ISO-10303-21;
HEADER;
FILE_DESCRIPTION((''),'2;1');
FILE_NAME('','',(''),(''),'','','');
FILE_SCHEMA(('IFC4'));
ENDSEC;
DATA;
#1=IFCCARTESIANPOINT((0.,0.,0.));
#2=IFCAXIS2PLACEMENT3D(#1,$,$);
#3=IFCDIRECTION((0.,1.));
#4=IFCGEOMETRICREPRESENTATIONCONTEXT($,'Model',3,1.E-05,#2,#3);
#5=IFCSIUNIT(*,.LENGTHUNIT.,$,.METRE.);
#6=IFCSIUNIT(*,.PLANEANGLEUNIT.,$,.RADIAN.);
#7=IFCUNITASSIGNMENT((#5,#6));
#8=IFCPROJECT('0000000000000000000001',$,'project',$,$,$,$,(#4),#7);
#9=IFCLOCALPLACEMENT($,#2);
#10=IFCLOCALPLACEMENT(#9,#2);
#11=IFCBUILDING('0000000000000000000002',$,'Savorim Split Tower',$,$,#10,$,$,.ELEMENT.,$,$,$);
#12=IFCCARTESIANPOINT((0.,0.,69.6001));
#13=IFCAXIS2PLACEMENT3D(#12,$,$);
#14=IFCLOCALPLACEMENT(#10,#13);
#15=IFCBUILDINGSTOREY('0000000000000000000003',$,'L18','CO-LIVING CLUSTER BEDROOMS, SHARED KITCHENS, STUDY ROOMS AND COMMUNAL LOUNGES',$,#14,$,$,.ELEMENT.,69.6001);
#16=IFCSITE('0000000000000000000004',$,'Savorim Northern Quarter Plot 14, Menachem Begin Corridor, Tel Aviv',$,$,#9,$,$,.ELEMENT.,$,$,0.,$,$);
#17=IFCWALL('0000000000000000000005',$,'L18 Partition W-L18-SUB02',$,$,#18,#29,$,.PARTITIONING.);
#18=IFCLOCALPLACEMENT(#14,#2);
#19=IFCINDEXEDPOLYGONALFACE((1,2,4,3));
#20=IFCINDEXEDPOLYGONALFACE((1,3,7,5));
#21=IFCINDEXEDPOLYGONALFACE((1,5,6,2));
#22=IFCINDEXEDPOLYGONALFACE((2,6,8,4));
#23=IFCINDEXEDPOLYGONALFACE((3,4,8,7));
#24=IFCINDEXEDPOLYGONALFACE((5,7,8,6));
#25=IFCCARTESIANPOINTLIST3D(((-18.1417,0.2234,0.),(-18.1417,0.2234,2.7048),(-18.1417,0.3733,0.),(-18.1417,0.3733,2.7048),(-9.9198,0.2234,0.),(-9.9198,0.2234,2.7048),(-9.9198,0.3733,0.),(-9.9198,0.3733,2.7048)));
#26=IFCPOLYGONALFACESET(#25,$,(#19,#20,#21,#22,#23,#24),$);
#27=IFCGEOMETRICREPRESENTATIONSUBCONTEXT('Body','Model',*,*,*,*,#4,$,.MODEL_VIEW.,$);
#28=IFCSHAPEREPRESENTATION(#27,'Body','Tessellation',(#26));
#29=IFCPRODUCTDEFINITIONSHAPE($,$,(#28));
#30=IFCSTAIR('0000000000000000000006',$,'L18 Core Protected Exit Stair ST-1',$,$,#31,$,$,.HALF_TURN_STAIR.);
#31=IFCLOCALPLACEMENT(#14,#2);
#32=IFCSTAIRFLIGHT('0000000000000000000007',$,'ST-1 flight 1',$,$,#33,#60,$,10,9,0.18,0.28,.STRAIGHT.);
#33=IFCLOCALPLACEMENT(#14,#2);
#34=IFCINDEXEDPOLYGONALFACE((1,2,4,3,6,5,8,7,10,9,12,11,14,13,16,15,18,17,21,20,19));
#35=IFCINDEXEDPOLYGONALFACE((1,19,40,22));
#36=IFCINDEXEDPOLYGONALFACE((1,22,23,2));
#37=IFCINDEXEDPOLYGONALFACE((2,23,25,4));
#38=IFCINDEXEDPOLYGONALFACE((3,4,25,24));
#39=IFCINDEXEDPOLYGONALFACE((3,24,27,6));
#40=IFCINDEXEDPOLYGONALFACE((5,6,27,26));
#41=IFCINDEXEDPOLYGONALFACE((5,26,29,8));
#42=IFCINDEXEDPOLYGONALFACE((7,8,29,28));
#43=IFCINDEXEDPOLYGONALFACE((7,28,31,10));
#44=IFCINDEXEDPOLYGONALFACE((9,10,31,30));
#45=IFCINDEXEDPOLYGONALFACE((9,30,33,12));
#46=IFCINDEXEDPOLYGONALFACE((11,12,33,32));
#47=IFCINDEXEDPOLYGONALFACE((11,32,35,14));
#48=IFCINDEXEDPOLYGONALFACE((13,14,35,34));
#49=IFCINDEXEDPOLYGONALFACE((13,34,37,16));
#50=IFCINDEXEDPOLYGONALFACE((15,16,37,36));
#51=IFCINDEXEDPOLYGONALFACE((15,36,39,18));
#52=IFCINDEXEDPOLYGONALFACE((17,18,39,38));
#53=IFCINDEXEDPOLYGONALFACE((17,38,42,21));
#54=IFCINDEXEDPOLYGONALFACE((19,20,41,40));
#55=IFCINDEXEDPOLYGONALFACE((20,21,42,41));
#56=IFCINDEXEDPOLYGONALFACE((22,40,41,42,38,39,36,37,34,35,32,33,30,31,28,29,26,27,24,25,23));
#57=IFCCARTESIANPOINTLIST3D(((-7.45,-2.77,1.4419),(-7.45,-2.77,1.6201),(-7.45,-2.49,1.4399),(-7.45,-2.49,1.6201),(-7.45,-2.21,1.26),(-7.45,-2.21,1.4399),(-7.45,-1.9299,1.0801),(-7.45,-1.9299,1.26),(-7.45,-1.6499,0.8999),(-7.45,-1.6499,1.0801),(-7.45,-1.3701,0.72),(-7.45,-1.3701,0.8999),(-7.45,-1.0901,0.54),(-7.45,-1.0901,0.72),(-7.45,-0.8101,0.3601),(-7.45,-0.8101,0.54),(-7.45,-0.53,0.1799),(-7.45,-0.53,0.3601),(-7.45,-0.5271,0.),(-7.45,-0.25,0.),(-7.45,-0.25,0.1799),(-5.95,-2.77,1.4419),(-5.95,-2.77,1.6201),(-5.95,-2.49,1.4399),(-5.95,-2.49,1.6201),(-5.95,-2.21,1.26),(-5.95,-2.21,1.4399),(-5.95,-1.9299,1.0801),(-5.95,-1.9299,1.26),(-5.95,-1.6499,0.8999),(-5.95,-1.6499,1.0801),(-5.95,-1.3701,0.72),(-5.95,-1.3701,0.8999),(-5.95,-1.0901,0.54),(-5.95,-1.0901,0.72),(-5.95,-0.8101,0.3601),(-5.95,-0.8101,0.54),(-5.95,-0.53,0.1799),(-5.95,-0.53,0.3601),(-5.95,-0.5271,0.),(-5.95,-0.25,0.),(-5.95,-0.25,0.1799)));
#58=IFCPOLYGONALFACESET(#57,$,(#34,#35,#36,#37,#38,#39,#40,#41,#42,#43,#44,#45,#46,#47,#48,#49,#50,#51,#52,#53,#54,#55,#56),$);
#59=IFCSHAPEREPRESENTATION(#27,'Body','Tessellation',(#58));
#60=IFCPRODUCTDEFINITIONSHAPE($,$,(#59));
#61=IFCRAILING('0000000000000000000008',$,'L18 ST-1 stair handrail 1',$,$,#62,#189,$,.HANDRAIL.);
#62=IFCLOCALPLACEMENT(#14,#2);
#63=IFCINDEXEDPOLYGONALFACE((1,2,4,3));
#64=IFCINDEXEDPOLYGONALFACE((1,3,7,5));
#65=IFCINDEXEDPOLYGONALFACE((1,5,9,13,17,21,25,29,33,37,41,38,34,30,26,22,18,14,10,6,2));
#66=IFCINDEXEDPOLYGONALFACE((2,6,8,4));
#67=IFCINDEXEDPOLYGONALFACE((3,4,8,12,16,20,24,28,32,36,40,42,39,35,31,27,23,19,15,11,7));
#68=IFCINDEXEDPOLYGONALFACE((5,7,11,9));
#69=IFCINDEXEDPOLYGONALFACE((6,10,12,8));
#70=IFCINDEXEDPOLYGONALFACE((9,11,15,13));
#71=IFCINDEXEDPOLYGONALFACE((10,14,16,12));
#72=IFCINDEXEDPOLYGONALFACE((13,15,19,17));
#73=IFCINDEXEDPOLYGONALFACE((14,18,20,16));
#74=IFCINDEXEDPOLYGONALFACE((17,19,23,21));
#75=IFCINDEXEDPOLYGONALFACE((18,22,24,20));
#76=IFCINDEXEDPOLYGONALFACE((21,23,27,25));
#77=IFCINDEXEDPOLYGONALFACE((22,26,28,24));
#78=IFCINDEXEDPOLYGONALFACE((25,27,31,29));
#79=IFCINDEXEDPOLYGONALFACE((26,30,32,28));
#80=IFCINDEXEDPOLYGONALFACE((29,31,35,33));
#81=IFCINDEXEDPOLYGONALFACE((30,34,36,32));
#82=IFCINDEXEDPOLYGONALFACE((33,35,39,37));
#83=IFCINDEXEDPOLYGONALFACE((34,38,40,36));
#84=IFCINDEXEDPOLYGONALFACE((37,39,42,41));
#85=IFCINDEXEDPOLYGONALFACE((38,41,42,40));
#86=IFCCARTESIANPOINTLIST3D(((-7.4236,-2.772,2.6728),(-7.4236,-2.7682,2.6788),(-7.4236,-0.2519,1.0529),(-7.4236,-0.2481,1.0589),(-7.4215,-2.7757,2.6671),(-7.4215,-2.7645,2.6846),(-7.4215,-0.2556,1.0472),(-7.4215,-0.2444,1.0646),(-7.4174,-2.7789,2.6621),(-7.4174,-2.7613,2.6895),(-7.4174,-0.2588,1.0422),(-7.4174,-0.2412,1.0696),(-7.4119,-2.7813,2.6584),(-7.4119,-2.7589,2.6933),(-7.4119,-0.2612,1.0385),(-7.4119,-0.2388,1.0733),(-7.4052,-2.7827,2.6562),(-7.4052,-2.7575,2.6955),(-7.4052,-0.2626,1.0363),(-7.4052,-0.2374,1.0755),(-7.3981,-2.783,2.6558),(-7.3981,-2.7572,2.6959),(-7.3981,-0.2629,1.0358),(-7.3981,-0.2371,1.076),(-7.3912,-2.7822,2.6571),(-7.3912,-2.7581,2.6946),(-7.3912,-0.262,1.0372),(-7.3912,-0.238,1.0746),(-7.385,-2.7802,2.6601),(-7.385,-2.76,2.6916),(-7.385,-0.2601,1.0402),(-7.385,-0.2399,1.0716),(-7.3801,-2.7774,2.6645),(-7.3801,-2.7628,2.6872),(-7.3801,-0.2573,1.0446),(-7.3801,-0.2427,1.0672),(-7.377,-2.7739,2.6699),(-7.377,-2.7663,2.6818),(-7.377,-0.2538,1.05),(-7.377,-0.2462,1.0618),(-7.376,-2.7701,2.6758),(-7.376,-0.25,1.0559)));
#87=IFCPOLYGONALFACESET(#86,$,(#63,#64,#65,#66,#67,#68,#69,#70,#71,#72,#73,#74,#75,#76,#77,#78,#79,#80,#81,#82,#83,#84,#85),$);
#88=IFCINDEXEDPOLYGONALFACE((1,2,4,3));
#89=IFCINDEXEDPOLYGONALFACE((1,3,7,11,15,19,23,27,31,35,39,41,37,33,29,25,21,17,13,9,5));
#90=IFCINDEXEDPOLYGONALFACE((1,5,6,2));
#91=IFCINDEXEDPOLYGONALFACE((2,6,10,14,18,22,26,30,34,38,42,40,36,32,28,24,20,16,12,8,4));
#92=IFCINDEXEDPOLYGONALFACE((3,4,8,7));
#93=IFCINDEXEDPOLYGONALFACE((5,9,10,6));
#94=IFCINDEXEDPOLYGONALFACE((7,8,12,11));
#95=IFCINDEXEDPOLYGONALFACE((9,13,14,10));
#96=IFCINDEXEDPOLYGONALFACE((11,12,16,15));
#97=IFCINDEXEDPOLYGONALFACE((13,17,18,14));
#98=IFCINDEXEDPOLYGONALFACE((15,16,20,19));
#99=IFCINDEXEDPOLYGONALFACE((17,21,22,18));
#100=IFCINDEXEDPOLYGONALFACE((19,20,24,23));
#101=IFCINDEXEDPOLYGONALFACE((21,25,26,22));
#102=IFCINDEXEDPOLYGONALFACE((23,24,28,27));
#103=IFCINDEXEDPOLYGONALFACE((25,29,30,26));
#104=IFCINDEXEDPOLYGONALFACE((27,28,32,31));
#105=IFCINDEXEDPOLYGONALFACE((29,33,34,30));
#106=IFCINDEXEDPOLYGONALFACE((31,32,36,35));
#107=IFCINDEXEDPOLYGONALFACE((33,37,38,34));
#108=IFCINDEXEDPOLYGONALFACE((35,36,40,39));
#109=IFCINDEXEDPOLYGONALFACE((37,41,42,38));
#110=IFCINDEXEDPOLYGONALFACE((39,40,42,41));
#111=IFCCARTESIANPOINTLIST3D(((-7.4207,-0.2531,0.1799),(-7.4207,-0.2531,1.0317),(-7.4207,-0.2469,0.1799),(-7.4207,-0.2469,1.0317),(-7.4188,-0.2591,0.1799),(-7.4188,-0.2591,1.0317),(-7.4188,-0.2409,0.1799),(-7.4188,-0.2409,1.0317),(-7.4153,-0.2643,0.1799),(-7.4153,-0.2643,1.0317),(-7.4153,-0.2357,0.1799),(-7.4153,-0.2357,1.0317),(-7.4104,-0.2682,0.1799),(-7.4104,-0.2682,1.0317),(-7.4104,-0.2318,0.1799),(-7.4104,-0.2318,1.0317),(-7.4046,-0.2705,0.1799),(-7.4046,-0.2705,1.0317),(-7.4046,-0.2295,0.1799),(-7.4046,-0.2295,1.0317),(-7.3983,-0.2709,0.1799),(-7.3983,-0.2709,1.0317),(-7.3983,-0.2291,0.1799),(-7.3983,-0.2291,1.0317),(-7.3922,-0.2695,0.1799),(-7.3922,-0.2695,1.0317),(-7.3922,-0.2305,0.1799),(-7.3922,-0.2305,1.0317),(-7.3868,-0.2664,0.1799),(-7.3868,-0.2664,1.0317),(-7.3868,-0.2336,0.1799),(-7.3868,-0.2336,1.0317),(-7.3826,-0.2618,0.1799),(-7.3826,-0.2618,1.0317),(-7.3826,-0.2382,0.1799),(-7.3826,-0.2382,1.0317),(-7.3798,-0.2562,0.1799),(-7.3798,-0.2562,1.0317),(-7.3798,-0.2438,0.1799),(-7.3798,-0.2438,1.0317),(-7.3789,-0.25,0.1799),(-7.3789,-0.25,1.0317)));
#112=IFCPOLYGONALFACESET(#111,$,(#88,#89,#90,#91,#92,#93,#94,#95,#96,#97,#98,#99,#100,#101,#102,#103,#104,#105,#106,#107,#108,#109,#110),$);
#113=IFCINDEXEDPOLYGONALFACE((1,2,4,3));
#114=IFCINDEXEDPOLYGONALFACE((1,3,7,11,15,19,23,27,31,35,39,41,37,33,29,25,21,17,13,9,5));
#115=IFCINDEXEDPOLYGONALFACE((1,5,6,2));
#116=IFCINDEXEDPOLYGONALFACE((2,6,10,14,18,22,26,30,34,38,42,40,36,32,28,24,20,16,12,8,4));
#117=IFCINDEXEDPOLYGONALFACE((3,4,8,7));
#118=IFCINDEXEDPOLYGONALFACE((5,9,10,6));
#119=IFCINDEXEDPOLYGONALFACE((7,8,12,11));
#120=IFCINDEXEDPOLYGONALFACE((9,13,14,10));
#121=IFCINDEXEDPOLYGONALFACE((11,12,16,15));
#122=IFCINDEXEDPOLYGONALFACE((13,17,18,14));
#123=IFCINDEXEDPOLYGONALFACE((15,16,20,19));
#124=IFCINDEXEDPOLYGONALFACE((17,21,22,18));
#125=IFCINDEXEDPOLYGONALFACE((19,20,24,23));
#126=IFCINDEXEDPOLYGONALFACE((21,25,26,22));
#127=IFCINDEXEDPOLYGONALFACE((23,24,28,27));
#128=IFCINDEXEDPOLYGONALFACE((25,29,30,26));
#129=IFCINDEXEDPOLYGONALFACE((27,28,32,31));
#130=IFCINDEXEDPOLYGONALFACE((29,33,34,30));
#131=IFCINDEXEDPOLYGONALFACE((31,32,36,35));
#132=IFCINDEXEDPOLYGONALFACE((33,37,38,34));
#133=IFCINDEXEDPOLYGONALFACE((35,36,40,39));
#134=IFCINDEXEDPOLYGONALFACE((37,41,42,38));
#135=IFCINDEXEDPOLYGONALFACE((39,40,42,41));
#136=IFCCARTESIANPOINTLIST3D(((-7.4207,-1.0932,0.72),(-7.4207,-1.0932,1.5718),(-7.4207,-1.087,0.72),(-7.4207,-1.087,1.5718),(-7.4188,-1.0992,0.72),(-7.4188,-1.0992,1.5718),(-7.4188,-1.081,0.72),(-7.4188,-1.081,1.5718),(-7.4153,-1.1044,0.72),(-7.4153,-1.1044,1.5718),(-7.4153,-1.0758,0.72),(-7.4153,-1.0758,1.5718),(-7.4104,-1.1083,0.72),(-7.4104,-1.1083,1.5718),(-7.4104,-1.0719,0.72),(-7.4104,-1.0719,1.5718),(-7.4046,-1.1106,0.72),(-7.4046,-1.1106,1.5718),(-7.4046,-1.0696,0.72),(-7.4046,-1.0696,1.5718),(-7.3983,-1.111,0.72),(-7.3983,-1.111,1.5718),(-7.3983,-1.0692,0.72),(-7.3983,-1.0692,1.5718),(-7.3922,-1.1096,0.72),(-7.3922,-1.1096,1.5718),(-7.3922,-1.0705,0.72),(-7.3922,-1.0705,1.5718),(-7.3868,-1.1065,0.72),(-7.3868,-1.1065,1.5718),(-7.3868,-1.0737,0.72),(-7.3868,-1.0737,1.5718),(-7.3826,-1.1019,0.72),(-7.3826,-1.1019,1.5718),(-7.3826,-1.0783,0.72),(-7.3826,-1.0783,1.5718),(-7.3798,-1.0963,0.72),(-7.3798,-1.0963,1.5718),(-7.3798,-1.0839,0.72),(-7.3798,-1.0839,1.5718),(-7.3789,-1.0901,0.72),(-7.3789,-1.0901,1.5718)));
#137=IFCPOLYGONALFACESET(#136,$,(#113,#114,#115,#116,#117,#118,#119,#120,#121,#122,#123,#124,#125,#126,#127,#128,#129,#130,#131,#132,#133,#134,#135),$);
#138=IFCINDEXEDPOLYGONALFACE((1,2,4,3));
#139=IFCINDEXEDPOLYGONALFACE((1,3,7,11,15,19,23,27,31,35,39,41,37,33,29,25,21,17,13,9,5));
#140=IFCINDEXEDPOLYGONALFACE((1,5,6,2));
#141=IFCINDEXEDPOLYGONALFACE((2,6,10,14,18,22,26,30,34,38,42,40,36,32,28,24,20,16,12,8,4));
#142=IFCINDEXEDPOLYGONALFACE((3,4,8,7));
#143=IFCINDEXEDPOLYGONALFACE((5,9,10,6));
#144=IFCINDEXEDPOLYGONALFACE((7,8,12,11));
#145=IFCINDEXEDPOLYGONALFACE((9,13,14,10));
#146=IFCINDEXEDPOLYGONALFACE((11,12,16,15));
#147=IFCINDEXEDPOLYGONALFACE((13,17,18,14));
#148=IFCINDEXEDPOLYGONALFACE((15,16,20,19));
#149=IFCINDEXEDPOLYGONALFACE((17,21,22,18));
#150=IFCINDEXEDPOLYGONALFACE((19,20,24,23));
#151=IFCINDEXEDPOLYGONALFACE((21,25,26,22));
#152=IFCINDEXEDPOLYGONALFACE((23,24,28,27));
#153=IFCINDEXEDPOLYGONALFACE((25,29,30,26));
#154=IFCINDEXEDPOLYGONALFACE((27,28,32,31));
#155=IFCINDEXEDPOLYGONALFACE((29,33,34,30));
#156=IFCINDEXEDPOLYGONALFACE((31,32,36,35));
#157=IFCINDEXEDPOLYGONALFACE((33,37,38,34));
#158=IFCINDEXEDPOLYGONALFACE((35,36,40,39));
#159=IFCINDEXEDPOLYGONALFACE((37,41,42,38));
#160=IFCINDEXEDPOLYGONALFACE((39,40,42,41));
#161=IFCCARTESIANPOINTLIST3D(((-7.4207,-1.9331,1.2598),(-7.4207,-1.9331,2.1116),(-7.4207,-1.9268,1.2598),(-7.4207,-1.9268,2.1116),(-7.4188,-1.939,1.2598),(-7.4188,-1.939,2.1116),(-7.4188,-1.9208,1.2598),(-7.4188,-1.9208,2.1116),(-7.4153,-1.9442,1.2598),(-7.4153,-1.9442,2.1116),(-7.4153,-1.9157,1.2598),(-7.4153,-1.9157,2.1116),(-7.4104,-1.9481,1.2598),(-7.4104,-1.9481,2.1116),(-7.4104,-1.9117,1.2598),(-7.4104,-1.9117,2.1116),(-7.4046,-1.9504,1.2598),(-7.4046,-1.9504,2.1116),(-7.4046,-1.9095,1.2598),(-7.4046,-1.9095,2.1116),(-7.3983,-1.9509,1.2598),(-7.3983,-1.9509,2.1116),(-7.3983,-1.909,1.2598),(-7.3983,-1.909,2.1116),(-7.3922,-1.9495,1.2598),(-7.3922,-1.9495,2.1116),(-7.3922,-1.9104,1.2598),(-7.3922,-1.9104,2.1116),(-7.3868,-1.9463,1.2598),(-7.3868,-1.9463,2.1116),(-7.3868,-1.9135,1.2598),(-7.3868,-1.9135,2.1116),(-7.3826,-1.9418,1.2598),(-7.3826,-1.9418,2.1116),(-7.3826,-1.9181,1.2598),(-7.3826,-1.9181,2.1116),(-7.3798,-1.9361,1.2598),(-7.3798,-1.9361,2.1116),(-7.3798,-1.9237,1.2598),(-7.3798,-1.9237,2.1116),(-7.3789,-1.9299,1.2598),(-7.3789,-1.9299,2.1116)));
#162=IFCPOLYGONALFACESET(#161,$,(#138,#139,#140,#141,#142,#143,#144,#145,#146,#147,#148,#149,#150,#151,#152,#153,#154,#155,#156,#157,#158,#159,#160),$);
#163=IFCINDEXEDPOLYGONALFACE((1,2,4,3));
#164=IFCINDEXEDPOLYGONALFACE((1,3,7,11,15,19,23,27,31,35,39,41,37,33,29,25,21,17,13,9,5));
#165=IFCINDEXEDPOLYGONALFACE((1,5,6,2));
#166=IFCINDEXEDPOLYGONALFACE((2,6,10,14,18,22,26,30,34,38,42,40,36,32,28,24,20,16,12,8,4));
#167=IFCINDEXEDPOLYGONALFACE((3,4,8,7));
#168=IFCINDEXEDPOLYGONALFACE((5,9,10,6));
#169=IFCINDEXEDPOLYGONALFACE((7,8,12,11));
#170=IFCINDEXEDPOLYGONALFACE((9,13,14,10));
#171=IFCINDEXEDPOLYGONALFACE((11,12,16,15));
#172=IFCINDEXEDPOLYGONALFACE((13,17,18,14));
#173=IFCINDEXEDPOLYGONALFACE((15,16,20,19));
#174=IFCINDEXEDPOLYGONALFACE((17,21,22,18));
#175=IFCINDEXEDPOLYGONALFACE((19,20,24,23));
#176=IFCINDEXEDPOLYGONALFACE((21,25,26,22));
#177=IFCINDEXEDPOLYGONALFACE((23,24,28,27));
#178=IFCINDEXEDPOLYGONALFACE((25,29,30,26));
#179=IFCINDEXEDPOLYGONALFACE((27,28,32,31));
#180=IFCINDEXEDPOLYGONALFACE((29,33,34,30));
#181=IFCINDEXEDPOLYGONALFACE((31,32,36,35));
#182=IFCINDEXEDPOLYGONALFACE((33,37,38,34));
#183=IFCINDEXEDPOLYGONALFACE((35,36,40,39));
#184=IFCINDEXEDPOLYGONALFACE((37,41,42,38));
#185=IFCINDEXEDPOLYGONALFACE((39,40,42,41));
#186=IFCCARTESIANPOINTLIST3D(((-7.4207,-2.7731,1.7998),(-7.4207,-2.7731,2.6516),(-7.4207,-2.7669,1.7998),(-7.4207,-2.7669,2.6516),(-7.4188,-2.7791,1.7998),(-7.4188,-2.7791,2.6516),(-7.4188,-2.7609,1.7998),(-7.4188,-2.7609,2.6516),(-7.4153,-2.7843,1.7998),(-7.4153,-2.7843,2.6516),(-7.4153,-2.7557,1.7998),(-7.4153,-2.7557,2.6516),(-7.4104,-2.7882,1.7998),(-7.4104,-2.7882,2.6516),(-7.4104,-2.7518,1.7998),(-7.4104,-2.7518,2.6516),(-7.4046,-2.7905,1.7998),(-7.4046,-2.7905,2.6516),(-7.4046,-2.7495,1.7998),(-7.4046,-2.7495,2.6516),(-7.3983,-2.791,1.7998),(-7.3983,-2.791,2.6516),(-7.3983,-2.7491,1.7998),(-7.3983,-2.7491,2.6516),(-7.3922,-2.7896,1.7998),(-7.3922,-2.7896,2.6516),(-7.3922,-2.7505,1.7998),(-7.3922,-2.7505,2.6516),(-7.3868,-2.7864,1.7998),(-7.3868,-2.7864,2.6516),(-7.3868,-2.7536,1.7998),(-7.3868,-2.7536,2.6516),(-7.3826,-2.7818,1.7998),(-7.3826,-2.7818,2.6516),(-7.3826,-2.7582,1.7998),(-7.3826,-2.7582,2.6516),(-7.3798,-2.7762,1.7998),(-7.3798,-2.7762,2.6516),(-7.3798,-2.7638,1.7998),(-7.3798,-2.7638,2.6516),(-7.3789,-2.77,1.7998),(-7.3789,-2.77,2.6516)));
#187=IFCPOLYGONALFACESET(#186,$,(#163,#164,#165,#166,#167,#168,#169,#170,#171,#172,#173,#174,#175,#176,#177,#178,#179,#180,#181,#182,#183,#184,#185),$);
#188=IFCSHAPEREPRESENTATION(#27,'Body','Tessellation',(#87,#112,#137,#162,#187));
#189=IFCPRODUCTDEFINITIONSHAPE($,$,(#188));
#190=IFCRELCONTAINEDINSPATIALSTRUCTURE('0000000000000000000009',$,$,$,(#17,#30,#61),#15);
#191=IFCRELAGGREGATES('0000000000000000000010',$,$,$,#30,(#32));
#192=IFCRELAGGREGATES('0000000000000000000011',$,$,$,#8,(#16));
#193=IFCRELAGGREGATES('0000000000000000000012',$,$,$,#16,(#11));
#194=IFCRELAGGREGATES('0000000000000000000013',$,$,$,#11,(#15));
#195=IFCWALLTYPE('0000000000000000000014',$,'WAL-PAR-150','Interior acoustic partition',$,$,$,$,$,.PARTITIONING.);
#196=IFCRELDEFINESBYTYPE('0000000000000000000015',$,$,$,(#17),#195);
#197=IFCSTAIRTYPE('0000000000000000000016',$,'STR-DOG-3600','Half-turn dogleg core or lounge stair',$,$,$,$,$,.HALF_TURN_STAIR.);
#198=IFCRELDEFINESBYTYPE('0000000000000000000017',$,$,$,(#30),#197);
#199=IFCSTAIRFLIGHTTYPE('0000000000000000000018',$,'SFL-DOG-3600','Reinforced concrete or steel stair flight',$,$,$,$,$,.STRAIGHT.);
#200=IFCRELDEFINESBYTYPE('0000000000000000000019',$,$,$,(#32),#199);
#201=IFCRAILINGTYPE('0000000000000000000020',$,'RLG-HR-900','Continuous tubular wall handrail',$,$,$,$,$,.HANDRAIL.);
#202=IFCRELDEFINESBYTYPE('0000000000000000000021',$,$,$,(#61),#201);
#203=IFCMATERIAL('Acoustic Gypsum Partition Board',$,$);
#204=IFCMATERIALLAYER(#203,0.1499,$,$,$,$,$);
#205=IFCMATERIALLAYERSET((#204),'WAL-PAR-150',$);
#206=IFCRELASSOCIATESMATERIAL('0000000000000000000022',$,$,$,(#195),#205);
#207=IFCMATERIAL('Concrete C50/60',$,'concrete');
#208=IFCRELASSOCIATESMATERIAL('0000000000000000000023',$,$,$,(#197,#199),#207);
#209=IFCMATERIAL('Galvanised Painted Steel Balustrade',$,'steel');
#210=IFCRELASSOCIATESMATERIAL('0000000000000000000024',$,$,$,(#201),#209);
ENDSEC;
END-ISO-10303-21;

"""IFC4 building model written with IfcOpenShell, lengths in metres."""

from ifc_helpers import new_model, si_unit, direction, frame, frame_2d, origin, origin_2d, place, context, subcontext, project, spatial, polyline, rectangle, circle, outline, extrude, material, layer, layer_set, type_object, element, aggregate, save


model = new_model("IFC4")

# Units and contexts
model_context = context("Model", 3, precision=1e-05, world=origin(), true_north=direction((0.0, 1.0)))
body_context = subcontext(model_context, "Body", "Model", "MODEL_VIEW")
ifc_project = project(units=[si_unit("LENGTHUNIT", "METRE"), si_unit("PLANEANGLEUNIT", "RADIAN")], contexts=[model_context])

# Site, building, storey
site_placement = place(None, origin())
site = spatial("IfcSite", under=ifc_project, at=site_placement, Name="Savorim Northern Quarter Plot 14, Menachem Begin Corridor, Tel Aviv", CompositionType="ELEMENT", RefElevation=0.0)
building_placement = place(site_placement, origin())
building = spatial("IfcBuilding", under=site, at=building_placement, Name="Savorim Split Tower", CompositionType="ELEMENT")
storey_placement = place(building_placement, frame((0.0, 0.0, 69.6001)))
storey = spatial("IfcBuildingStorey", under=building, at=storey_placement, Name="L18", Description="CO-LIVING CLUSTER BEDROOMS, SHARED KITCHENS, STUDY ROOMS AND COMMUNAL LOUNGES", CompositionType="ELEMENT", Elevation=69.6001)

# Shared definitions
ifc_material_1 = material(Name="Concrete C50/60", Category="concrete")

# Wall
ifc_material_2 = material(Name="Acoustic Gypsum Partition Board")
ifc_layer_1 = layer(ifc_material_2, 0.1499)
ifc_layer_set_1 = layer_set([ifc_layer_1], Name="WAL-PAR-150")
wall_type_1 = type_object("IfcWallType", Name="WAL-PAR-150", Description="Interior acoustic partition", PredefinedType="PARTITIONING", material=ifc_layer_set_1)
wall_1_placement = place(storey_placement, frame((-9.9199, 0.2983, 0.0), z_axis=(0.0, 0.0, 1.0), x_axis=(-1.0, 0.0, 0.0)))
element("IfcWall", 1, at=wall_1_placement, inside=storey, type_object=wall_type_1, Name="L18 Partition W-L18-SUB02", PredefinedType="PARTITIONING", context=body_context, shape_type="SweptSolid", body=[
    extrude(rectangle(XDim=8.2219, YDim=0.1499, at=frame_2d((4.1108, 0.0))), origin(), (0.0, 0.0, 1.0), 2.7048),
])

# Stair, stair flight
stair_type = type_object("IfcStairType", Name="STR-DOG-3600", Description="Half-turn dogleg core or lounge stair", PredefinedType="HALF_TURN_STAIR", material=ifc_material_1)
stair_placement = place(storey_placement, origin())
stair = element("IfcStair", 2, at=stair_placement, inside=storey, type_object=stair_type, Name="L18 Core Protected Exit Stair ST-1", PredefinedType="HALF_TURN_STAIR")
stair_flight_type = type_object("IfcStairFlightType", Name="SFL-DOG-3600", Description="Reinforced concrete or steel stair flight", PredefinedType="STRAIGHT", material=ifc_material_1)
stair_flight_placement = place(storey_placement, frame((-6.7, -0.25, 0.0), z_axis=(0.0, 0.0, 1.0), x_axis=(0.0, -1.0, 0.0)))
stair_flight = element("IfcStairFlight", 3, at=stair_flight_placement, type_object=stair_flight_type, Name="ST-1 flight 1", NumberOfRisers=10, NumberOfTreads=9, PredefinedType="STRAIGHT", RiserHeight=0.18, TreadLength=0.28, context=body_context, shape_type="SweptSolid", body=[
    extrude(outline(polyline([(0.0, 0.0), (0.0, 0.1799), (0.28, 0.1799), (0.28, 0.3601), (0.5601, 0.3601), (0.5601, 0.54), (0.8401, 0.54), (0.8401, 0.72), (1.1201, 0.72), (1.1201, 0.8999), (1.3999, 0.8999), (1.3999, 1.0801), (1.6799, 1.0801), (1.6799, 1.26), (1.96, 1.26), (1.96, 1.4399), (2.24, 1.4399), (2.24, 1.6201), (2.52, 1.6201), (2.52, 1.8), (2.52, 1.4419), (0.2771, 0.0), (0.0, 0.0)])), frame((0.0, 0.75, 0.0), z_axis=(0.0, -1.0, 0.0), x_axis=(1.0, 0.0, 0.0)), (0.0, 0.0, 1.0), 1.5),
])
aggregate(stair, [stair_flight])

# Railing
ifc_material_3 = material(Name="Galvanised Painted Steel Balustrade", Category="steel")
railing_type_1 = type_object("IfcRailingType", Name="RLG-HR-900", Description="Continuous tubular wall handrail", PredefinedType="HANDRAIL", material=ifc_material_3)
railing_1_placement = place(storey_placement, frame((-7.3999, -0.25, 0.1799)))
element("IfcRailing", 4, at=railing_1_placement, inside=storey, type_object=railing_type_1, Name="L18 ST-1 stair handrail 1", PredefinedType="HANDRAIL", context=body_context, shape_type="SweptSolid", body=[
    extrude(circle(Radius=0.0239, at=origin_2d()), frame((0.0, 0.0, 0.876), z_axis=(0.0, -0.8412, 0.540725), x_axis=(1.0, 0.0, 0.0)), (0.0, 0.0, 1.0), 2.9958),
    extrude(circle(Radius=0.021, at=origin_2d()), origin(), (0.0, 0.0, 1.0), 0.8518),
    extrude(circle(Radius=0.021, at=origin_2d()), frame((0.0, -0.8401, 0.54)), (0.0, 0.0, 1.0), 0.8518),
    extrude(circle(Radius=0.021, at=origin_2d()), frame((0.0, -1.6799, 1.0798)), (0.0, 0.0, 1.0), 0.8518),
    extrude(circle(Radius=0.021, at=origin_2d()), frame((0.0, -2.52, 1.6199)), (0.0, 0.0, 1.0), 0.8518),
])

save(model, "model.ifc")
